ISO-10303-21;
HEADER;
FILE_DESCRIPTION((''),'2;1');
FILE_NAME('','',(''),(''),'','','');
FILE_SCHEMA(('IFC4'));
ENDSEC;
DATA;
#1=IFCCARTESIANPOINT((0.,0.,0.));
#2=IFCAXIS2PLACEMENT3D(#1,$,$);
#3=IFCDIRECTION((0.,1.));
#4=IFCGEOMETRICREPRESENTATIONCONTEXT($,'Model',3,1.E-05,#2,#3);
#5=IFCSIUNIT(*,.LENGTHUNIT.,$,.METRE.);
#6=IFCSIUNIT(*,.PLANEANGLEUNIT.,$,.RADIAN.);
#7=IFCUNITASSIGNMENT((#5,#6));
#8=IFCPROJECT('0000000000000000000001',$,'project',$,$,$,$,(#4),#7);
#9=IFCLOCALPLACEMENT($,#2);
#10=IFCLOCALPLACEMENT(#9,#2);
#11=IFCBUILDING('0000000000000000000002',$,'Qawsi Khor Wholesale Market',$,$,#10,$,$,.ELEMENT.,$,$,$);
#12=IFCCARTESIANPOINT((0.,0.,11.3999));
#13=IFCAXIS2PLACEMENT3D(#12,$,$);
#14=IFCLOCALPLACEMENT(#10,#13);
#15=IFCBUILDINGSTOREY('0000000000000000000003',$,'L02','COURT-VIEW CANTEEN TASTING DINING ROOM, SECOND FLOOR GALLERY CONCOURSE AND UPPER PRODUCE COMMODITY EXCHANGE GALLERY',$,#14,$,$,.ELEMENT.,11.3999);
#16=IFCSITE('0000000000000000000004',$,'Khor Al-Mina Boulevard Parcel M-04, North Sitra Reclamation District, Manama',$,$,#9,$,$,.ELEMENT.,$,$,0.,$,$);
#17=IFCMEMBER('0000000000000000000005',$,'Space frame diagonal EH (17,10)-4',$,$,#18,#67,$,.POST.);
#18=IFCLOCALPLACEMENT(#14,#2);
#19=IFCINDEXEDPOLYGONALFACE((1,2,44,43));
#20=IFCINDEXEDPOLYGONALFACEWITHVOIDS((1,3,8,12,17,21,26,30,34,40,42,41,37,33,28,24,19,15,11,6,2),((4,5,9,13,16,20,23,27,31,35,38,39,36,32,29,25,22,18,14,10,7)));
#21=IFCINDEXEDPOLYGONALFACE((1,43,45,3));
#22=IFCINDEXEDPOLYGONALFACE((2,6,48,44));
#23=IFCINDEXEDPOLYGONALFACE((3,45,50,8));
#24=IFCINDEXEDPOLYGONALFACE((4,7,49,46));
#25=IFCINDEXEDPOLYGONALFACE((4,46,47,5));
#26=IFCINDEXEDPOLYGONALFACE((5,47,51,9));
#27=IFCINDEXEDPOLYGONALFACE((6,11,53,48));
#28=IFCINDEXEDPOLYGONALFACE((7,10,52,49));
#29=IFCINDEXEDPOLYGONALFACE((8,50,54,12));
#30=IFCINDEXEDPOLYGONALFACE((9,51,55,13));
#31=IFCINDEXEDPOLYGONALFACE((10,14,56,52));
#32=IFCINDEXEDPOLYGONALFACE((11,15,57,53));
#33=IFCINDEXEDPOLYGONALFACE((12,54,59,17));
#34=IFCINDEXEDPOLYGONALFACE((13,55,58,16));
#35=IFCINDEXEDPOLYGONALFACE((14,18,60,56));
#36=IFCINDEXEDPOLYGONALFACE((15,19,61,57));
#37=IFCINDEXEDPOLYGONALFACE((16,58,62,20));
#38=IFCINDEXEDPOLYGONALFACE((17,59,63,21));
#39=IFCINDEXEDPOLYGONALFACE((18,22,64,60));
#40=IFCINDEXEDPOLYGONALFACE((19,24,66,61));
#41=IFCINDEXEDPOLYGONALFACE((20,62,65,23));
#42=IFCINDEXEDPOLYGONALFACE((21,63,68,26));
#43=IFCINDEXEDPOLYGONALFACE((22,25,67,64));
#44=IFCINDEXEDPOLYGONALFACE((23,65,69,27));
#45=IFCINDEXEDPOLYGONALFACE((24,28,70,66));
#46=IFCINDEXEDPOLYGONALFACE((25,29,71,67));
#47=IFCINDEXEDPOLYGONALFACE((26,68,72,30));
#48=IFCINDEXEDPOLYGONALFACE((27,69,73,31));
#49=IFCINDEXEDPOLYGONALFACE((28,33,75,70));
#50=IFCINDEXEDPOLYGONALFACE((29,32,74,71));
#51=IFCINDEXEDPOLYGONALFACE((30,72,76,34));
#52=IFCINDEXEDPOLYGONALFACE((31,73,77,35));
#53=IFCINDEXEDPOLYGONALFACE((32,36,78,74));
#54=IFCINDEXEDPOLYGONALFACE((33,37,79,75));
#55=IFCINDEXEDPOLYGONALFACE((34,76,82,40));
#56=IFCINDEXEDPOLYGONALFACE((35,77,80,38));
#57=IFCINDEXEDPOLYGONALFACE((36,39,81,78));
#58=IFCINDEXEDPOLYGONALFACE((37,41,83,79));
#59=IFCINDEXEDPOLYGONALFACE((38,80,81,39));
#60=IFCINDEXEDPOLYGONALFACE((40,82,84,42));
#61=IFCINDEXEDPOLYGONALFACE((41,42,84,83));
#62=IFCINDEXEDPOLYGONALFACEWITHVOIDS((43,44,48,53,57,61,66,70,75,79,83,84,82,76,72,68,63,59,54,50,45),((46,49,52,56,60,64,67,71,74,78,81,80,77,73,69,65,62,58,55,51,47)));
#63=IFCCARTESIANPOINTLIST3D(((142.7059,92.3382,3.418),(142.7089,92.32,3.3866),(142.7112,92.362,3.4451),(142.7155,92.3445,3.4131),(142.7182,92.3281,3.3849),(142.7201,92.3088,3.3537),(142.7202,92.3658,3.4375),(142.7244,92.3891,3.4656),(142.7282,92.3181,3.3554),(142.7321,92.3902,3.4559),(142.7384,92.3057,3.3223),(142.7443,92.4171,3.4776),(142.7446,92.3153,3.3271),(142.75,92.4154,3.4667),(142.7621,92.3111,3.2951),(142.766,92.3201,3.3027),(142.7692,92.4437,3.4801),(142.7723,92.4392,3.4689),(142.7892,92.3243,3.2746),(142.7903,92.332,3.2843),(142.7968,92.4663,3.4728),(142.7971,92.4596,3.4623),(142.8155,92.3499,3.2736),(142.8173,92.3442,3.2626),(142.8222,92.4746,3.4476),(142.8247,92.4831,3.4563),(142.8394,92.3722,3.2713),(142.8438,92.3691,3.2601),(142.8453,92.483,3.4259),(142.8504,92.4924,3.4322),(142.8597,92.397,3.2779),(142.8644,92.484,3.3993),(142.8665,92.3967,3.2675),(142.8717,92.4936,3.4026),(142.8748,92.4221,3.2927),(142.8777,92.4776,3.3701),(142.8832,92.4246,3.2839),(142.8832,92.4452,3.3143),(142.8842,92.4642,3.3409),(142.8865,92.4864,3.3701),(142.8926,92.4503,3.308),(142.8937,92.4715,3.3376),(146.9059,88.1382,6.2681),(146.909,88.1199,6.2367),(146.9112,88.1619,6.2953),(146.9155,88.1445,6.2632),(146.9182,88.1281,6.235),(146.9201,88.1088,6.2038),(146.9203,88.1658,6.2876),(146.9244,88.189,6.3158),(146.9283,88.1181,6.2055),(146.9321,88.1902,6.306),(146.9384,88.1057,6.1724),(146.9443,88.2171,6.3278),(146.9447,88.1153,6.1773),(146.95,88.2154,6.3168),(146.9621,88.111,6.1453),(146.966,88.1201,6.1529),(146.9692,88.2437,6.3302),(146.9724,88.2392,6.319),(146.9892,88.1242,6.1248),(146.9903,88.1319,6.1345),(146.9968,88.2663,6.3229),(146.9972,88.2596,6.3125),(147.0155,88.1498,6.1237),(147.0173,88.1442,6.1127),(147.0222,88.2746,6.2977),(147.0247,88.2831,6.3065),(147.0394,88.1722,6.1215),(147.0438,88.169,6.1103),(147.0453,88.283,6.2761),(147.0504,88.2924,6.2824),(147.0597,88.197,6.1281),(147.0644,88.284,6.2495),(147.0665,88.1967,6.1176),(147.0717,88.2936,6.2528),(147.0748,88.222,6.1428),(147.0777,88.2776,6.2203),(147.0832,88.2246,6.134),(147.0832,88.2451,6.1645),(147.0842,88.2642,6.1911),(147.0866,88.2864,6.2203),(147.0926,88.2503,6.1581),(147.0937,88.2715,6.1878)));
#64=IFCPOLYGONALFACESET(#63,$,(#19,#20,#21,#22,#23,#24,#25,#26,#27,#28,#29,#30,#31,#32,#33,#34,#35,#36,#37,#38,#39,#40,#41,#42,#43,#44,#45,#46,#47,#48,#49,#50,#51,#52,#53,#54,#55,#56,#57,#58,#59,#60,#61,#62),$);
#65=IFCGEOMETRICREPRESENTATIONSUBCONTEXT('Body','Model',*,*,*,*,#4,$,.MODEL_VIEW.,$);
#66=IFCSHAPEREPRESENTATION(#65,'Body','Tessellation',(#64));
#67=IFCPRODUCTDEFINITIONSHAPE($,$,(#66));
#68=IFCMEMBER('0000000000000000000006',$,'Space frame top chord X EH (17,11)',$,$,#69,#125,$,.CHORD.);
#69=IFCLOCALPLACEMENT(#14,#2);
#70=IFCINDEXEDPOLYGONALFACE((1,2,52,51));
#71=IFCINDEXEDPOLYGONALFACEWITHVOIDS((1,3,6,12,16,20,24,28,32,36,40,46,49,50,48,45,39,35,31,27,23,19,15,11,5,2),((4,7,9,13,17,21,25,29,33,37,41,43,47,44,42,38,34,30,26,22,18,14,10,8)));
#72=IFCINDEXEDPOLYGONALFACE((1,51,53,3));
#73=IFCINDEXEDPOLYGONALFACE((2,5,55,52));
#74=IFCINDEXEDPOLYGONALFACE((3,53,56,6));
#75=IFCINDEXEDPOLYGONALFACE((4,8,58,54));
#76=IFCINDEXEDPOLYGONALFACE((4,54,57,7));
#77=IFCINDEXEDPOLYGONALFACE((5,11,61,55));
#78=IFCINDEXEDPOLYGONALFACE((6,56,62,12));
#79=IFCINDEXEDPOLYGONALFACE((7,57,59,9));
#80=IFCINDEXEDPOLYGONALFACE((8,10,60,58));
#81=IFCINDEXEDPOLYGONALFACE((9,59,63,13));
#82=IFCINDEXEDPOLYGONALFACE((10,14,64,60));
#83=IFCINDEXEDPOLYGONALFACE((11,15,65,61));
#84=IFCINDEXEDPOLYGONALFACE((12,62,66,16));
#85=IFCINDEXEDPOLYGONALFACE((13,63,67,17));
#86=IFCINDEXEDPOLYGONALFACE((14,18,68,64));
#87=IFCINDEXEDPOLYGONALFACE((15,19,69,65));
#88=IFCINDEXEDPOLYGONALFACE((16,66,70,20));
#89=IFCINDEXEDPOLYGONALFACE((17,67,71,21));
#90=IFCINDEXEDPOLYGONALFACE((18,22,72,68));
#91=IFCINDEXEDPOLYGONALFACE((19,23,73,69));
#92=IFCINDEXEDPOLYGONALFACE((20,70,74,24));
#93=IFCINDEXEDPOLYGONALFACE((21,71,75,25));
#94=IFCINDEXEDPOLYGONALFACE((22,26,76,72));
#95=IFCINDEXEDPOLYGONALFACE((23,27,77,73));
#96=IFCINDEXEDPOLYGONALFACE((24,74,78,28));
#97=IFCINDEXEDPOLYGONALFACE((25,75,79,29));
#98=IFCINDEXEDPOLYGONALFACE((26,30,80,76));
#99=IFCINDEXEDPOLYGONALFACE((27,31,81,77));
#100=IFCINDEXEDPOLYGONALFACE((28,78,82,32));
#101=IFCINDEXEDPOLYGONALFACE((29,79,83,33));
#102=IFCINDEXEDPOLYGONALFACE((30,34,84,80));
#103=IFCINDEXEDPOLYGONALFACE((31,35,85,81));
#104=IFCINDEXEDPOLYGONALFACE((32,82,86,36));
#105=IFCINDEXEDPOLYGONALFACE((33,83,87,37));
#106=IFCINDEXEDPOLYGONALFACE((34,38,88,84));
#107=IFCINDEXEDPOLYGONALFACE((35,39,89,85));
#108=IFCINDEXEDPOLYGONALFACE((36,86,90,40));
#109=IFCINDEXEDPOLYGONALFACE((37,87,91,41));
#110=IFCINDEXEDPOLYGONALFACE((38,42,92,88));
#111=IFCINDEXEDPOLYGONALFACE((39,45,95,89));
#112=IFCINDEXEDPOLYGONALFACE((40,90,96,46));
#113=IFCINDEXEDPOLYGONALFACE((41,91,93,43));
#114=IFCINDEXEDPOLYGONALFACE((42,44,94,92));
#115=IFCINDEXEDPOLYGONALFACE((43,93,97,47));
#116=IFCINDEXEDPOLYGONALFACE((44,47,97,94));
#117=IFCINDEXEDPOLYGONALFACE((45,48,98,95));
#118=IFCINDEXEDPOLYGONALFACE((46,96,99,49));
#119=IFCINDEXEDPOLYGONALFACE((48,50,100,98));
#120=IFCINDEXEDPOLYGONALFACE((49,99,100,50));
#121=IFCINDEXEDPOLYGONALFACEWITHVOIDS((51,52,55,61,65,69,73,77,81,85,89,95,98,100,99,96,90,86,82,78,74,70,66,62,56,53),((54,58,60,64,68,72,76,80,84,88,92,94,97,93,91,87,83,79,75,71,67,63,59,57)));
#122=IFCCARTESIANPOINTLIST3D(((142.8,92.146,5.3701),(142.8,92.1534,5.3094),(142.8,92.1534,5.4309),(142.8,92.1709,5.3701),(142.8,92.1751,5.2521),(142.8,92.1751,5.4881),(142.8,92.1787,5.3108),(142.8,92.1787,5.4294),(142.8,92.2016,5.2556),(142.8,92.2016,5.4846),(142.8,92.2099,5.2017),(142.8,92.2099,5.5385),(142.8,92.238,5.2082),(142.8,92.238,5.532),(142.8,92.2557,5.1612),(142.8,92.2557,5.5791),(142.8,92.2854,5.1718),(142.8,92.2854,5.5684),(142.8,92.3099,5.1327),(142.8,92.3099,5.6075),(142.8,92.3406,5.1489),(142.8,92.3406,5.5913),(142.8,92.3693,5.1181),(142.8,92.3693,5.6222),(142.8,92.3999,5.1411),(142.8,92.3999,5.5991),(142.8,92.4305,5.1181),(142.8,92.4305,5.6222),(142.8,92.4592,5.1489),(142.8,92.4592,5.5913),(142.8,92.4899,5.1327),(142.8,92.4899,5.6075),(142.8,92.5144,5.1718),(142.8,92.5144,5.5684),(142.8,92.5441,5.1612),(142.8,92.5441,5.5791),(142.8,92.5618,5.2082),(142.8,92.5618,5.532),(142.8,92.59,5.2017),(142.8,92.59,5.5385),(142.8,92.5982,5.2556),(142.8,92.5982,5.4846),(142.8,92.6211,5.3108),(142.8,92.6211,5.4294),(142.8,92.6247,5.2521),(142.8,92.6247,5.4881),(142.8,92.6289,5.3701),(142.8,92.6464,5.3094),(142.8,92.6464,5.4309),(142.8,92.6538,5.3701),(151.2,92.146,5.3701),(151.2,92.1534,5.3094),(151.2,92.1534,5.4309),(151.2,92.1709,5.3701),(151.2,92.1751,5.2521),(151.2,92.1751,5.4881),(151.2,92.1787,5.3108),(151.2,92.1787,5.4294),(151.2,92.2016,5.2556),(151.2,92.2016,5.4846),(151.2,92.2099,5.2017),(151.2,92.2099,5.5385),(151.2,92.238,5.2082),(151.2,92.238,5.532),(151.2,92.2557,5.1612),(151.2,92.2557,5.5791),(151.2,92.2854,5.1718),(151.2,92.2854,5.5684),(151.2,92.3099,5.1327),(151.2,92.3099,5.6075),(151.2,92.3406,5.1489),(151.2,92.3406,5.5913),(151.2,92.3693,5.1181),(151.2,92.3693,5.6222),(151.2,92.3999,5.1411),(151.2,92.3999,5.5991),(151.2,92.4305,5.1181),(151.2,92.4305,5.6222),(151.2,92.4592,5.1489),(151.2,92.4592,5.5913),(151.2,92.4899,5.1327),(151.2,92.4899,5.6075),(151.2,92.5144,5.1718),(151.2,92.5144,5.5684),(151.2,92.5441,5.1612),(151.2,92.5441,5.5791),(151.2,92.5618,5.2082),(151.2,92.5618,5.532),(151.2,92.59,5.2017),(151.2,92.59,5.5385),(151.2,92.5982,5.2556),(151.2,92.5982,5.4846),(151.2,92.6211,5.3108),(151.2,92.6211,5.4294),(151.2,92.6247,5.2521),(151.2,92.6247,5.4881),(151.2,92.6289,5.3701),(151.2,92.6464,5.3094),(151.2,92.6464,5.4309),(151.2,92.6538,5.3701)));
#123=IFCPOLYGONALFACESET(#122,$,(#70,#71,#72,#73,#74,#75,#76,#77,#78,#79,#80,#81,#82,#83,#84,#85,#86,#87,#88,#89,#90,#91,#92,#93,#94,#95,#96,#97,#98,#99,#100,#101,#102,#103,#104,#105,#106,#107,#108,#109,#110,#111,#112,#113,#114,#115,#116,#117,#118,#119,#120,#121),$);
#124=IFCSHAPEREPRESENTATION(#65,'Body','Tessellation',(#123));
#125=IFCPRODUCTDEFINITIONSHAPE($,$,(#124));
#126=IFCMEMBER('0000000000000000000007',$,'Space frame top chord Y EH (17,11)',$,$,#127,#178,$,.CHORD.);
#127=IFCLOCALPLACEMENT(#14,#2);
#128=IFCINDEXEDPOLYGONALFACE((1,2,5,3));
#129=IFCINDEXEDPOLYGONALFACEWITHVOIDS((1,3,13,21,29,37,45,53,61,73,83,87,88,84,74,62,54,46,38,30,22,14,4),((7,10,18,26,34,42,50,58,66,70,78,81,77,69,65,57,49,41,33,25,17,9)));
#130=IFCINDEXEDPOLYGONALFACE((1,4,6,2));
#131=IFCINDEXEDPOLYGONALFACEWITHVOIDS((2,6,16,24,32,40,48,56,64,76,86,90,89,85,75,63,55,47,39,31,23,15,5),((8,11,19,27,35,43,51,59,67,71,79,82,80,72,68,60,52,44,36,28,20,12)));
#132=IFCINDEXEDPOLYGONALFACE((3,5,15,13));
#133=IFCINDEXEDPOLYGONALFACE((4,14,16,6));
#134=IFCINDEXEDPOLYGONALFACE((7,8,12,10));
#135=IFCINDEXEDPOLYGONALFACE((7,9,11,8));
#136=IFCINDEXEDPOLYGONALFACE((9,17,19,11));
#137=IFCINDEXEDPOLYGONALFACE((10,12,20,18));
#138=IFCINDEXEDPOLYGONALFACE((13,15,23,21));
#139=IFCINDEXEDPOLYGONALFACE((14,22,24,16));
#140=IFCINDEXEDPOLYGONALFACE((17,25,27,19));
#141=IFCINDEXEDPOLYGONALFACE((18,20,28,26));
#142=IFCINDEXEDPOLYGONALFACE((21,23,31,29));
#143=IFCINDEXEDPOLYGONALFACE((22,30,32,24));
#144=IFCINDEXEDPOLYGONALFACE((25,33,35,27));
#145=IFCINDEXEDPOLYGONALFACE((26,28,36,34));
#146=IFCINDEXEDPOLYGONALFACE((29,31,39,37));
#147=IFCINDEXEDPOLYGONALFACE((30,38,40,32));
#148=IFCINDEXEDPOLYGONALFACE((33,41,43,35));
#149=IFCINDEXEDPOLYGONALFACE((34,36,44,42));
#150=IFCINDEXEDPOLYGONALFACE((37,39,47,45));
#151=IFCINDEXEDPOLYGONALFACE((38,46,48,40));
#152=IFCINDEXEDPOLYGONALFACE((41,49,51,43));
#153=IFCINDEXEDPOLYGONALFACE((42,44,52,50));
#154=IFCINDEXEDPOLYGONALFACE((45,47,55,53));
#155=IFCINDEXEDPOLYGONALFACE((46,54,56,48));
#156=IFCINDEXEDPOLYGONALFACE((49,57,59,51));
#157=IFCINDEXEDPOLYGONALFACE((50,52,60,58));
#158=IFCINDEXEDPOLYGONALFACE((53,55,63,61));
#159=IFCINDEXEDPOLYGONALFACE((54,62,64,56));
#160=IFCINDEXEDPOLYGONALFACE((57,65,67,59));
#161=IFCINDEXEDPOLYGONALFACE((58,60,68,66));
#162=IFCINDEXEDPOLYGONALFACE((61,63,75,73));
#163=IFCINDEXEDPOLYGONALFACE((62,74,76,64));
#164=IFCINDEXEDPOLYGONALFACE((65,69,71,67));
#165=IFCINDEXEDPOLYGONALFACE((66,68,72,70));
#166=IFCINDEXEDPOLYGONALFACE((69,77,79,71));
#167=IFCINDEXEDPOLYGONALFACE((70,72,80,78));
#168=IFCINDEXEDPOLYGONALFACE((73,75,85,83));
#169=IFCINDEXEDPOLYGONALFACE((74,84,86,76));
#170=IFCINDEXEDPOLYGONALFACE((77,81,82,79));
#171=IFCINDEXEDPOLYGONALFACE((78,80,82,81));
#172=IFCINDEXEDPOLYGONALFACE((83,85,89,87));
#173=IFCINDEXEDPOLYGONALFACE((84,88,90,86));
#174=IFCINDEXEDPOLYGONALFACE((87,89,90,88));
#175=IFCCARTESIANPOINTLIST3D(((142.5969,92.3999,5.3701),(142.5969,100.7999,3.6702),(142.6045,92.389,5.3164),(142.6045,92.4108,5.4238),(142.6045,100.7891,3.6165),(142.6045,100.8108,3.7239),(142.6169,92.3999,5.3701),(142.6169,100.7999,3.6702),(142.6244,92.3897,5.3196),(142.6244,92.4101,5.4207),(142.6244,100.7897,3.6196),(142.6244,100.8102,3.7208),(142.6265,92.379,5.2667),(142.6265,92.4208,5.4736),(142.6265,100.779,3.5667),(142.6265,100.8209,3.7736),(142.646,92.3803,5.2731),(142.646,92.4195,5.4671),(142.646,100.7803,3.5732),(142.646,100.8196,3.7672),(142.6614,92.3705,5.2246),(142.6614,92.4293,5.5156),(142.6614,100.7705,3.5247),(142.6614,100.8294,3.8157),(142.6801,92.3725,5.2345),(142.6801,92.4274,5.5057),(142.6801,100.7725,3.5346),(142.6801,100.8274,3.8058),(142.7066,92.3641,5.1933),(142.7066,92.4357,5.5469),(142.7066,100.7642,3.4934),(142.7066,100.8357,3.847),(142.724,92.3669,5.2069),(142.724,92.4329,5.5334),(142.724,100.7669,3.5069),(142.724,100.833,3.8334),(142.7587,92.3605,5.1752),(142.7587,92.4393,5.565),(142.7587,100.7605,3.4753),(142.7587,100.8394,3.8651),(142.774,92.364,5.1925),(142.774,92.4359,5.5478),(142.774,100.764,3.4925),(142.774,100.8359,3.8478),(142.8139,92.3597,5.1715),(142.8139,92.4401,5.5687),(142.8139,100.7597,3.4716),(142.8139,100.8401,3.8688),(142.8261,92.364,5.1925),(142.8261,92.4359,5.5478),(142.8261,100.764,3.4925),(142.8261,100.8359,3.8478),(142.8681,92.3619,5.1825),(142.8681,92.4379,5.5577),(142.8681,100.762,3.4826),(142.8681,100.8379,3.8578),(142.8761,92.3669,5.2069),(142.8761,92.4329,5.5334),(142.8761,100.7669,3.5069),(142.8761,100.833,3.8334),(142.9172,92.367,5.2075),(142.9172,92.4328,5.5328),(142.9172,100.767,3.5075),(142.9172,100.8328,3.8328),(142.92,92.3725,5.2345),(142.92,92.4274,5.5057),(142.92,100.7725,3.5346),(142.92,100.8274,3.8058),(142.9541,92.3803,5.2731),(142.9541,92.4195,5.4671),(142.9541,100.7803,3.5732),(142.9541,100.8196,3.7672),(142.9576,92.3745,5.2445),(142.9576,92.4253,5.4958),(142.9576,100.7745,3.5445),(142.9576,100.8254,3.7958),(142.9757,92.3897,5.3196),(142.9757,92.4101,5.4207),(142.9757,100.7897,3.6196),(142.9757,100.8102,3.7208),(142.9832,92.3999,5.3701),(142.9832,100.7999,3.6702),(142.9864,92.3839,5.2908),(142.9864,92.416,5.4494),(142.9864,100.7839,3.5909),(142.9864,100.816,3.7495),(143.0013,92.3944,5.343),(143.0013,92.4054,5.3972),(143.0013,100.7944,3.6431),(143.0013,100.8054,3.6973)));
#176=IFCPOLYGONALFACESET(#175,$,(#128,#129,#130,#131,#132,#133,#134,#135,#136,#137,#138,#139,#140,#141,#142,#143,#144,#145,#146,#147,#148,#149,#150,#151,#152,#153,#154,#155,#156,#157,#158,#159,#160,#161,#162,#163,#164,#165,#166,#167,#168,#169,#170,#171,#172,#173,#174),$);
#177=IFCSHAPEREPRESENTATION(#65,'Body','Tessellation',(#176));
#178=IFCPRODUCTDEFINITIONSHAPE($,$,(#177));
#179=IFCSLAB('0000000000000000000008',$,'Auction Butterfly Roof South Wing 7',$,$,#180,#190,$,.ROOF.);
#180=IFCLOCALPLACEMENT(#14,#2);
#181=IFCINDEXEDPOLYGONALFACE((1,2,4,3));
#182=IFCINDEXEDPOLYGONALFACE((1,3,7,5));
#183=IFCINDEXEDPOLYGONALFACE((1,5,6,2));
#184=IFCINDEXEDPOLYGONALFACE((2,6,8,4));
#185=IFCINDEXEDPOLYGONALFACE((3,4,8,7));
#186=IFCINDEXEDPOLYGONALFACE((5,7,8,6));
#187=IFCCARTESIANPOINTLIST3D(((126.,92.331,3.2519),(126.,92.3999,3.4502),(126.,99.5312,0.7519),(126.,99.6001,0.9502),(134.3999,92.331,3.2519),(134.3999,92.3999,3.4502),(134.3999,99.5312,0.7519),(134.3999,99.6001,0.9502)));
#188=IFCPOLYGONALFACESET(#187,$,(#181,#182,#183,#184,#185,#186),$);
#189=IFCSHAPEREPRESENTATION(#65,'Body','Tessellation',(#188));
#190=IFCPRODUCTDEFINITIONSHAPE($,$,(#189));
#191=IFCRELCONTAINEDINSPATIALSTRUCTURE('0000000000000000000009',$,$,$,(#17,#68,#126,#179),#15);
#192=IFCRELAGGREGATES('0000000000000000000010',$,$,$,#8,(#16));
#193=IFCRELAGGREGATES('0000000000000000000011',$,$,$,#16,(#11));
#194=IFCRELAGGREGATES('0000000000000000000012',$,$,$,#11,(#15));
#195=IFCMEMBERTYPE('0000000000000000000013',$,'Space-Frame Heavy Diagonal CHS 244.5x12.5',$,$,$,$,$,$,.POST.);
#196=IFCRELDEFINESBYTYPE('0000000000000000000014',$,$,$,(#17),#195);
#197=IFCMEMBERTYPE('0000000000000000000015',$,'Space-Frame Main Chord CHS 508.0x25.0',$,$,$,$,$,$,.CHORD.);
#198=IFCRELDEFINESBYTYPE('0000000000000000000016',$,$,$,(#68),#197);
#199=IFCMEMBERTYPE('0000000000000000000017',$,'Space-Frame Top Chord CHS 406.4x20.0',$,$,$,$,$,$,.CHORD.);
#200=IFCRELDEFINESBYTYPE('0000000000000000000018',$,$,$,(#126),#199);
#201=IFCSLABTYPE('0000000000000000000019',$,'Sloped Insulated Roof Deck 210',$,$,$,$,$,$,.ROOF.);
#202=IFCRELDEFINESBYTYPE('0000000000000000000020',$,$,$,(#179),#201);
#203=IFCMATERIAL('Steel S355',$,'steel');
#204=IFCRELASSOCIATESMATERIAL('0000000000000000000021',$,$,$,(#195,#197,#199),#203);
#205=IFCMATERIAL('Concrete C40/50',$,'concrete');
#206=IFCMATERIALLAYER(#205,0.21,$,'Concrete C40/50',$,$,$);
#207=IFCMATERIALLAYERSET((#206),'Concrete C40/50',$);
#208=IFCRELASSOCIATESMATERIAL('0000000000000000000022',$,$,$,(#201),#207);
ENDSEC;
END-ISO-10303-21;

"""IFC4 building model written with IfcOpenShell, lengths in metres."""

from ifc_helpers import new_model, si_unit, direction, frame, origin, origin_2d, place, context, subcontext, project, spatial, polyline, hollow_circle, outline, extrude, material, layer, layer_set, material_profile, profile_set, type_object, element, save


model = new_model("IFC4")

# Units and contexts
model_context = context("Model", 3, precision=1e-05, world=origin(), true_north=direction((0.0, 1.0)))
body_context = subcontext(model_context, "Body", "Model", "MODEL_VIEW")
ifc_project = project(units=[si_unit("LENGTHUNIT", "METRE"), si_unit("PLANEANGLEUNIT", "RADIAN")], contexts=[model_context])

# Site, building, storey
site_placement = place(None, origin())
site = spatial("IfcSite", under=ifc_project, at=site_placement, Name="Khor Al-Mina Boulevard Parcel M-04, North Sitra Reclamation District, Manama", CompositionType="ELEMENT", RefElevation=0.0)
building_placement = place(site_placement, origin())
building = spatial("IfcBuilding", under=site, at=building_placement, Name="Qawsi Khor Wholesale Market", CompositionType="ELEMENT")
storey_placement = place(building_placement, frame((0.0, 0.0, 11.3999)))
storey = spatial("IfcBuildingStorey", under=building, at=storey_placement, Name="L02", Description="COURT-VIEW CANTEEN TASTING DINING ROOM, SECOND FLOOR GALLERY CONCOURSE AND UPPER PRODUCE COMMODITY EXCHANGE GALLERY", CompositionType="ELEMENT", Elevation=11.3999)

# Shared definitions
ifc_material_1 = material(Name="Concrete C40/50", Category="concrete")

# Shared definitions
ifc_material_2 = material(Name="Steel S355", Category="steel")

# Members
ifc_material_profile_1 = material_profile(ifc_material_2, hollow_circle(Radius=0.1223, WallThickness=0.0125, at=origin_2d()), Name="CHS 244.5x12.5")
ifc_profile_set_1 = profile_set([ifc_material_profile_1], Name="Steel S355")
member_type_1 = type_object("IfcMemberType", Name="Space-Frame Heavy Diagonal CHS 244.5x12.5", PredefinedType="POST", material=ifc_profile_set_1)
member_1_placement = place(storey_placement, frame((142.8, 92.3999, 3.3701), z_axis=(0.637512, -0.637512, 0.432617), x_axis=(0.707107, 0.707107, 0.0)))
element("IfcMember", 1, at=member_1_placement, inside=storey, type_object=member_type_1, Name="Space frame diagonal EH (17,10)-4", PredefinedType="POST", context=body_context, shape_type="SweptSolid", body=[
    extrude(hollow_circle(Radius=0.1223, WallThickness=0.0125, at=origin_2d()), origin(), (0.0, 0.0, 1.0), 6.5881),
])
ifc_material_profile_2 = material_profile(ifc_material_2, hollow_circle(Radius=0.2539, WallThickness=0.0249, at=origin_2d()), Name="CHS 508.0x25.0")
ifc_profile_set_2 = profile_set([ifc_material_profile_2], Name="Steel S355")
member_type_2 = type_object("IfcMemberType", Name="Space-Frame Main Chord CHS 508.0x25.0", PredefinedType="CHORD", material=ifc_profile_set_2)
member_2_placement = place(storey_placement, frame((142.8, 92.3999, 5.3701), z_axis=(1.0, 0.0, 0.0), x_axis=(0.0, 1.0, 0.0)))
element("IfcMember", 2, at=member_2_placement, inside=storey, type_object=member_type_2, Name="Space frame top chord X EH (17,11)", PredefinedType="CHORD", context=body_context, shape_type="SweptSolid", body=[
    extrude(hollow_circle(Radius=0.2539, WallThickness=0.0249, at=origin_2d()), origin(), (0.0, 0.0, 1.0), 8.3999),
])
ifc_material_profile_3 = material_profile(ifc_material_2, hollow_circle(Radius=0.2031, WallThickness=0.02, at=origin_2d()), Name="CHS 406.4x20.0")
ifc_profile_set_3 = profile_set([ifc_material_profile_3], Name="Steel S355")
member_type_3 = type_object("IfcMemberType", Name="Space-Frame Top Chord CHS 406.4x20.0", PredefinedType="CHORD", material=ifc_profile_set_3)
member_3_placement = place(storey_placement, frame((142.8, 92.3999, 5.3701), z_axis=(0.0, 0.980131, -0.198351), x_axis=(-1.0, 0.0, 0.0)))
element("IfcMember", 3, at=member_3_placement, inside=storey, type_object=member_type_3, Name="Space frame top chord Y EH (17,11)", PredefinedType="CHORD", context=body_context, shape_type="SweptSolid", body=[
    extrude(hollow_circle(Radius=0.2031, WallThickness=0.02, at=origin_2d()), origin(), (0.0, 0.0, 1.0), 8.5703),
])

# Slab
ifc_layer = layer(ifc_material_1, 0.21, Name="Concrete C40/50")
ifc_layer_set = layer_set([ifc_layer], Name="Concrete C40/50")
slab_type = type_object("IfcSlabType", Name="Sloped Insulated Roof Deck 210", PredefinedType="ROOF", material=ifc_layer_set)
slab_1_placement = place(storey_placement, frame((126.0, 92.3999, 3.4502), z_axis=(0.0, 0.328004, 0.944676), x_axis=(1.0, 0.0, 0.0)))
element("IfcSlab", 4, at=slab_1_placement, inside=storey, type_object=slab_type, Name="Auction Butterfly Roof South Wing 7", PredefinedType="ROOF", context=body_context, shape_type="SweptSolid", body=[
    extrude(outline(polyline([(0.0, 0.0), (8.3999, 0.0), (8.3999, 7.6219), (0.0, 7.6219), (0.0, 0.0)])), origin(), (0.0, 0.0, -1.0), 0.21),
])

save(model, "model.ifc")
